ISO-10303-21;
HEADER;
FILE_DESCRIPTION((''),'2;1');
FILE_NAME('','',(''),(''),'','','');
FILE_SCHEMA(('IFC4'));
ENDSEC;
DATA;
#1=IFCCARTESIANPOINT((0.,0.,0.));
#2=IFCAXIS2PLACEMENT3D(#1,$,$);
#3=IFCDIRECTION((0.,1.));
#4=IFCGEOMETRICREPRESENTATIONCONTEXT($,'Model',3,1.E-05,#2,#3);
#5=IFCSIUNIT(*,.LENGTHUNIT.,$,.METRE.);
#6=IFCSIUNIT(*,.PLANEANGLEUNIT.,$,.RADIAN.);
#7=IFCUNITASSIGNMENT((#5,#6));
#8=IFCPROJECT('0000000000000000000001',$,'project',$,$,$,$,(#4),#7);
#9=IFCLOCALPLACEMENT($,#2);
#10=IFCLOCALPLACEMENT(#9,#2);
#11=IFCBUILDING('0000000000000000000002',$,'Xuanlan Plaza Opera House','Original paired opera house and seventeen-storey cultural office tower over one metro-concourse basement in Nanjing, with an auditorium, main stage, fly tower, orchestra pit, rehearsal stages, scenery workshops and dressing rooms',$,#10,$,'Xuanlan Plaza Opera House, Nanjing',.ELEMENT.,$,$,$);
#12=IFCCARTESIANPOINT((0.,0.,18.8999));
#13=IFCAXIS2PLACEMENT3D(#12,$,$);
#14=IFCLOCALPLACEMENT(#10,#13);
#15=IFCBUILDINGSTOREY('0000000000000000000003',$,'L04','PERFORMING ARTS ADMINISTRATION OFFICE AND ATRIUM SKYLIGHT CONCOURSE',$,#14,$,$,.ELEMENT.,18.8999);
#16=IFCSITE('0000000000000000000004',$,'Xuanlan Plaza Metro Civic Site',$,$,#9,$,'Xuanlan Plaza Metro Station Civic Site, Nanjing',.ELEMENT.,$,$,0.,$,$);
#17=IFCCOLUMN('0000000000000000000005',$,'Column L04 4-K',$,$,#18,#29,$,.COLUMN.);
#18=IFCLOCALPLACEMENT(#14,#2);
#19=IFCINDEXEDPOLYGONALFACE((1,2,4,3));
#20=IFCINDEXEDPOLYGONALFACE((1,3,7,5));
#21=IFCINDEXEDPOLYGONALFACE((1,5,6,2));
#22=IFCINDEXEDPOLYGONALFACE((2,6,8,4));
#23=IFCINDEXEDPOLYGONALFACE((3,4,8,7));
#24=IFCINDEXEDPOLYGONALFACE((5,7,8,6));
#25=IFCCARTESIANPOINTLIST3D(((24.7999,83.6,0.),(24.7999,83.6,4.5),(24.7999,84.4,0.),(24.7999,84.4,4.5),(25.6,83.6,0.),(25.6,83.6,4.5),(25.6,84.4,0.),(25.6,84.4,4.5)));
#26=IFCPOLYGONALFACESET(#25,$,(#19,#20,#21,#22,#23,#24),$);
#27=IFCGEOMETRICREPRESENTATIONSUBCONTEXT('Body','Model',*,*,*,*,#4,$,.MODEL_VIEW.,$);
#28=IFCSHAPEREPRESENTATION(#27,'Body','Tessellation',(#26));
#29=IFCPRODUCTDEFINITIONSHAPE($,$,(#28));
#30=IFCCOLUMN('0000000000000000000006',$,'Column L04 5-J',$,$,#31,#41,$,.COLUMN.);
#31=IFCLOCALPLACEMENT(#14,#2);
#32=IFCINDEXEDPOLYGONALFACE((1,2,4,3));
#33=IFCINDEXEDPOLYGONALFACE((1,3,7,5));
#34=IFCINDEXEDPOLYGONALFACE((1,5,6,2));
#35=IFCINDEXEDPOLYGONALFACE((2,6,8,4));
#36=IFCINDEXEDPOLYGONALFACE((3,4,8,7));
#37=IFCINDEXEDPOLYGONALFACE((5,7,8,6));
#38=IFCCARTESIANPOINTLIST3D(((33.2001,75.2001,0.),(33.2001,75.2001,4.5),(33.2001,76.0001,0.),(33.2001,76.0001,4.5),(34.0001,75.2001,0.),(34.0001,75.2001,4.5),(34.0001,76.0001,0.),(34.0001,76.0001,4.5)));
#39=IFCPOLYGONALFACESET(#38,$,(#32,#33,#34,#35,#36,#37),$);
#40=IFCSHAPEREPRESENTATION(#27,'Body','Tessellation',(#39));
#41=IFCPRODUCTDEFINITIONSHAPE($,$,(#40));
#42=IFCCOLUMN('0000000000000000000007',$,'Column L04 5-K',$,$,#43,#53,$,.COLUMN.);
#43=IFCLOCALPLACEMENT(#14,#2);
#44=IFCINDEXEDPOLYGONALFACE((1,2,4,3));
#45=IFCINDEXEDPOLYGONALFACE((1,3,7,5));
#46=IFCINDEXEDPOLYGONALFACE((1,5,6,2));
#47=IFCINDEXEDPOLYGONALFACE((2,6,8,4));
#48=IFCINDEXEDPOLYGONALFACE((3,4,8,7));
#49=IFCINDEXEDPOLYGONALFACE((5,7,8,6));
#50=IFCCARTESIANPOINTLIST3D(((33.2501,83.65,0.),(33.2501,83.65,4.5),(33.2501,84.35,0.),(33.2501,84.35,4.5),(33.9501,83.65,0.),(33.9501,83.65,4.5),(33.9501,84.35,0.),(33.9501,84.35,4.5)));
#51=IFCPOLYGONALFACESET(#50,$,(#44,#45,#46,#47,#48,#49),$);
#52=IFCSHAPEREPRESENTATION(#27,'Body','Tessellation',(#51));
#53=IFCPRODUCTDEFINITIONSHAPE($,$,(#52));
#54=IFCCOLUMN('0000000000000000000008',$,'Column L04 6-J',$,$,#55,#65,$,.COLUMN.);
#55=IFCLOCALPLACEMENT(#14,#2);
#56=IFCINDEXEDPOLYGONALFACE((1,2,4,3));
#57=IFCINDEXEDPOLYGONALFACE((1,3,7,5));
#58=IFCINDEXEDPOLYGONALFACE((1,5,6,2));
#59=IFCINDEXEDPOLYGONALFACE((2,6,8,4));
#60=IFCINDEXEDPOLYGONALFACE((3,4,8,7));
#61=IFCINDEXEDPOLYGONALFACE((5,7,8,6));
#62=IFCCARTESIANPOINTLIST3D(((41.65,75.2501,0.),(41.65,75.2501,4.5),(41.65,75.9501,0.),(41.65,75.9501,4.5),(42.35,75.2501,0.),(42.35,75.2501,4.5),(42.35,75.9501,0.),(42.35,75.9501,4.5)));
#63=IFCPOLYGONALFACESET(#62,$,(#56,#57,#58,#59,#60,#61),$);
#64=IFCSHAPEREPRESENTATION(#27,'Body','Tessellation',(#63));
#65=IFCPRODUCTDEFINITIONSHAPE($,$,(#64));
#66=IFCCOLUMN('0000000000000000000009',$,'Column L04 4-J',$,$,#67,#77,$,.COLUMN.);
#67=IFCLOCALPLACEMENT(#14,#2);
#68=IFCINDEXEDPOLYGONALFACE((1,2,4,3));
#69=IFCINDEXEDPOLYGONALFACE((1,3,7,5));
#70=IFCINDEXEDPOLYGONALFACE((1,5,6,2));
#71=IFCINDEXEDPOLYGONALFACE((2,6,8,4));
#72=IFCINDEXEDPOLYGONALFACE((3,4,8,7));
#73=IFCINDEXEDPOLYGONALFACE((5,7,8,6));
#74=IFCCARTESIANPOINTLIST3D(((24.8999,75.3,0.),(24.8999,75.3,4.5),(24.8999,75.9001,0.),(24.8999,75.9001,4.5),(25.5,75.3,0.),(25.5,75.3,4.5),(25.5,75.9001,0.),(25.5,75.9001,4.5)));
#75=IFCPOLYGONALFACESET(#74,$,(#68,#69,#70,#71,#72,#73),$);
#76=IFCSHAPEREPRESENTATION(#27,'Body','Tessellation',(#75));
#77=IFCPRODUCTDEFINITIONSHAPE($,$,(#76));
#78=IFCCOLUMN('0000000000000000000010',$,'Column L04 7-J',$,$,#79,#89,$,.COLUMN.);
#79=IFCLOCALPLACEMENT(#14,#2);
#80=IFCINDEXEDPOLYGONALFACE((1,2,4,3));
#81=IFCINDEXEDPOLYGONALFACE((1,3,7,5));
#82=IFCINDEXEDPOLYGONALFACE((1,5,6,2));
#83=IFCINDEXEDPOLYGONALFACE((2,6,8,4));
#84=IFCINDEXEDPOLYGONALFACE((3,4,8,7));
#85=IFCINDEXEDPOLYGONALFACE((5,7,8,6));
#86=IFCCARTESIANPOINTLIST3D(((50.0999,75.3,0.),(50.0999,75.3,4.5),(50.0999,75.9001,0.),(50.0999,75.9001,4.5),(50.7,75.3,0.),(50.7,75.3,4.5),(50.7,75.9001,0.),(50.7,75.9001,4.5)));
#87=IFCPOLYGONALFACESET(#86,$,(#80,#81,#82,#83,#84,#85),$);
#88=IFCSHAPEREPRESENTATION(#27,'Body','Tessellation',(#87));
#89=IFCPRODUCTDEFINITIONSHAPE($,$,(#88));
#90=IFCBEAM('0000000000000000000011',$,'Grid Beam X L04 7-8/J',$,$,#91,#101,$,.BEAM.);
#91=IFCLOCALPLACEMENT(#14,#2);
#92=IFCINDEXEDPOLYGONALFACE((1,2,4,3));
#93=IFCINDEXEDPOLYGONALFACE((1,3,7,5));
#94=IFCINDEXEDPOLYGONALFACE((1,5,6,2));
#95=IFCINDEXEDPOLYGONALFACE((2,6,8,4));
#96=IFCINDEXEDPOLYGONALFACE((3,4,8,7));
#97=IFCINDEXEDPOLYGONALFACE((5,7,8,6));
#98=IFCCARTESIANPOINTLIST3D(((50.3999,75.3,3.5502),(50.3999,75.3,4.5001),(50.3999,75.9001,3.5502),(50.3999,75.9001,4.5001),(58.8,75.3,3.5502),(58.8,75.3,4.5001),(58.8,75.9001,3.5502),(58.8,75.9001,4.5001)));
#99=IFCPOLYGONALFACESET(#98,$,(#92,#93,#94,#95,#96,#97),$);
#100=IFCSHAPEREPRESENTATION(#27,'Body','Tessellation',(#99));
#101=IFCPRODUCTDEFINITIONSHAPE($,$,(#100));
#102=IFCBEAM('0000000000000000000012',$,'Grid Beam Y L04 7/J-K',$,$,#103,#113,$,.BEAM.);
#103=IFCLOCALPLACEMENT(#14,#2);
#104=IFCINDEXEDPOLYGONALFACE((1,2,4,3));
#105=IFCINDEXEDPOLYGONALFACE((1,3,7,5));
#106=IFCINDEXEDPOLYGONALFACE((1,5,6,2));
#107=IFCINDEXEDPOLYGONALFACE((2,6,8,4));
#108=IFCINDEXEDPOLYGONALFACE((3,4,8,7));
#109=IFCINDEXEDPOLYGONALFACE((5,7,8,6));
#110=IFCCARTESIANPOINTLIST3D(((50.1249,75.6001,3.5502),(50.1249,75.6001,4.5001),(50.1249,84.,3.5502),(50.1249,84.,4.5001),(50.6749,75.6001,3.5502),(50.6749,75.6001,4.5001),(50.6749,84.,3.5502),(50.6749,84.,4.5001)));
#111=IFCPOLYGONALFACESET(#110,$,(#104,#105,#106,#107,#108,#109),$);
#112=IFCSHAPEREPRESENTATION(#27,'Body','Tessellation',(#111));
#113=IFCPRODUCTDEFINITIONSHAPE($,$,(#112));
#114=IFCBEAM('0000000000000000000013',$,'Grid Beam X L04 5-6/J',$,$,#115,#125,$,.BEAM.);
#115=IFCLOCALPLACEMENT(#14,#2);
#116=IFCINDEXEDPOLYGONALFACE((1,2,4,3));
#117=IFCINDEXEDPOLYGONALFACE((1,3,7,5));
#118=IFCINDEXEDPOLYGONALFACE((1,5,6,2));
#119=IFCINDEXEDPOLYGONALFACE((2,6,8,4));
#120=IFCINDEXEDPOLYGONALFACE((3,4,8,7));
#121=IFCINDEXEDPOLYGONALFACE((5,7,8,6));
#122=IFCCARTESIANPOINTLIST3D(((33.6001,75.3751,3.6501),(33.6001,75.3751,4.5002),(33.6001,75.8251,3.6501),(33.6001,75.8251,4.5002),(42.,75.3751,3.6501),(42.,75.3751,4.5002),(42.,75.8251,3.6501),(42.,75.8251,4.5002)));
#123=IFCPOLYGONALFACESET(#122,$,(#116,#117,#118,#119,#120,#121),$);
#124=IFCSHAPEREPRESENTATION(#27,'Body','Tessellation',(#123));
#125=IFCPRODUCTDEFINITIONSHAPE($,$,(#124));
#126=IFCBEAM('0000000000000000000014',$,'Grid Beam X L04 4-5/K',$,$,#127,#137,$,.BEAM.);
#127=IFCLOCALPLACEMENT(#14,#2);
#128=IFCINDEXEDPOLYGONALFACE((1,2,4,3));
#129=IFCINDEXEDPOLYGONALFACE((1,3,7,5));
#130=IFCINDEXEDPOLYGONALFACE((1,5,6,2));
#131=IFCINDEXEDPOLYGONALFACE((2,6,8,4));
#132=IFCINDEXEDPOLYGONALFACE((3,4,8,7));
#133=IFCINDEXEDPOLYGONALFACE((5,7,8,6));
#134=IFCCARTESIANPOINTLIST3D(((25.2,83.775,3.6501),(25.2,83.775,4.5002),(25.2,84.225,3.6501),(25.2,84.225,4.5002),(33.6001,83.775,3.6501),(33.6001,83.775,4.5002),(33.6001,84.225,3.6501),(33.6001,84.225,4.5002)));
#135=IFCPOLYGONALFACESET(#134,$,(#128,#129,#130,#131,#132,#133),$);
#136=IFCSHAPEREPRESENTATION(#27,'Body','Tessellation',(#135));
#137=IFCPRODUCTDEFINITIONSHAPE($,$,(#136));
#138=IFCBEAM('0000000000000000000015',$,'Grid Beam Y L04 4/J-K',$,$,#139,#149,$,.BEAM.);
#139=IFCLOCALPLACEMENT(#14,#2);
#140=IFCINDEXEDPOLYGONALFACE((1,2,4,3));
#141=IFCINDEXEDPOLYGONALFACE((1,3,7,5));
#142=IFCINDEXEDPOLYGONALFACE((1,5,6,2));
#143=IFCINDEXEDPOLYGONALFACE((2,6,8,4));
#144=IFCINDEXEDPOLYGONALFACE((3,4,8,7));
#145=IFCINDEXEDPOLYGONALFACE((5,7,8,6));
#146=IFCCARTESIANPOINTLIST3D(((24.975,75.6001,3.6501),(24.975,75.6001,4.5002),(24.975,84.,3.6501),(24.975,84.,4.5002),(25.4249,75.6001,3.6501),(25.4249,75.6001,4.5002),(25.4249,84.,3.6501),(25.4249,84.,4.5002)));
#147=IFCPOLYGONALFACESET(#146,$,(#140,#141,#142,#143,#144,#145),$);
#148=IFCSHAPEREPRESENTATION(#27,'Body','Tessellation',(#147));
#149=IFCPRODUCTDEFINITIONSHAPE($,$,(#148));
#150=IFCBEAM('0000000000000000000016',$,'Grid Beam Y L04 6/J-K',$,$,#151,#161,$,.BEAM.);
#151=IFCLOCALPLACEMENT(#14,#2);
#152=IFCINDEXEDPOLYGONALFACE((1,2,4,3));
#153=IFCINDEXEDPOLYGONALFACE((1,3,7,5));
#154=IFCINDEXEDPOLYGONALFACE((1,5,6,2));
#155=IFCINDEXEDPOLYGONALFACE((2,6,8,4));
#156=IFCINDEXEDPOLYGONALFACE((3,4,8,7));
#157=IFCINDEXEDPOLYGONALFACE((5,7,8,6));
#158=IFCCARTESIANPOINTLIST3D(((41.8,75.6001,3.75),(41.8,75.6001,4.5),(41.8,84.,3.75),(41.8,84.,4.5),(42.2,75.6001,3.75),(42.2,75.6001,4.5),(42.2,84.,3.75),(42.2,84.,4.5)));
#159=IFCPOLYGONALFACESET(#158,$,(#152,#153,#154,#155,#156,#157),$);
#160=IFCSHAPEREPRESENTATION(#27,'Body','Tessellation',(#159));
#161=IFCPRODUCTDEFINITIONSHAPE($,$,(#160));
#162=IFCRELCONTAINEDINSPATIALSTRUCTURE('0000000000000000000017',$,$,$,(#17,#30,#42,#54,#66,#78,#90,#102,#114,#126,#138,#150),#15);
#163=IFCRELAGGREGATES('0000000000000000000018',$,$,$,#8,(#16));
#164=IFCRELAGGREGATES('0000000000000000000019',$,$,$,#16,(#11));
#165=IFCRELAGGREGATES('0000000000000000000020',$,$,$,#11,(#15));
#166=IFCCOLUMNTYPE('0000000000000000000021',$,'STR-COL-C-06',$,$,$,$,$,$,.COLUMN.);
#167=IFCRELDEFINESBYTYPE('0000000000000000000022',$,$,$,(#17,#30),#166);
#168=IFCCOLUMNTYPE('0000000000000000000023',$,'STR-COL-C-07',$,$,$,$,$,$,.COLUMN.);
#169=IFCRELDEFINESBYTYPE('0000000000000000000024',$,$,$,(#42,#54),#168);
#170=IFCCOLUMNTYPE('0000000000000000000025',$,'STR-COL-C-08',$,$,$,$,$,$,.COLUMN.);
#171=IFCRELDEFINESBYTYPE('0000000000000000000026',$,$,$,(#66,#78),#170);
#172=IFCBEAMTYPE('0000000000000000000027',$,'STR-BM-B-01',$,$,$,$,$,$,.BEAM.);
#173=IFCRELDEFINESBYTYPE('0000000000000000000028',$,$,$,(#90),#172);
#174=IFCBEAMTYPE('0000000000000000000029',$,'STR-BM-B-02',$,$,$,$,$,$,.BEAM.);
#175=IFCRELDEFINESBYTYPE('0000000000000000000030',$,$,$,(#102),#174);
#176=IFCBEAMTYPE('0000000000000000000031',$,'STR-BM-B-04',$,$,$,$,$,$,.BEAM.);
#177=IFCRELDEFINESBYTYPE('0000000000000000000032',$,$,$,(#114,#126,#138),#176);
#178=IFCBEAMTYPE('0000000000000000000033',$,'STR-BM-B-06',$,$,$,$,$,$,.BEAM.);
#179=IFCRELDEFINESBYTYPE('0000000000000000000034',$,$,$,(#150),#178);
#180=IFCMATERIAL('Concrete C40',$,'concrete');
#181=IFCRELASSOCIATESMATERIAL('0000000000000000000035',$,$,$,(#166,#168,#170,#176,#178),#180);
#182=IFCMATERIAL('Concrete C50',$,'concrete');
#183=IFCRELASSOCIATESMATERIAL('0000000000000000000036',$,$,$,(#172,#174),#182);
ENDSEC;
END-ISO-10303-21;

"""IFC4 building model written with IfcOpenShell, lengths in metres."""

from ifc_helpers import new_model, si_unit, direction, frame, origin, origin_2d, place, context, subcontext, project, spatial, rectangle, extrude, material, material_profile, profile_set, type_object, element, save


model = new_model("IFC4")

# Units and contexts
model_context = context("Model", 3, precision=1e-05, world=origin(), true_north=direction((0.0, 1.0)))
body_context = subcontext(model_context, "Body", "Model", "MODEL_VIEW")
ifc_project = project(units=[si_unit("LENGTHUNIT", "METRE"), si_unit("PLANEANGLEUNIT", "RADIAN")], contexts=[model_context])

# Site, building, storey
site_placement = place(None, origin())
site = spatial("IfcSite", under=ifc_project, at=site_placement, Name="Xuanlan Plaza Metro Civic Site", LongName="Xuanlan Plaza Metro Station Civic Site, Nanjing", CompositionType="ELEMENT", RefElevation=0.0)
building_placement = place(site_placement, origin())
building = spatial("IfcBuilding", under=site, at=building_placement, Name="Xuanlan Plaza Opera House", Description="Original paired opera house and seventeen-storey cultural office tower over one metro-concourse basement in Nanjing, with an auditorium, main stage, fly tower, orchestra pit, rehearsal stages, scenery workshops and dressing rooms", LongName="Xuanlan Plaza Opera House, Nanjing", CompositionType="ELEMENT")
storey_placement = place(building_placement, frame((0.0, 0.0, 18.8999)))
storey = spatial("IfcBuildingStorey", under=building, at=storey_placement, Name="L04", Description="PERFORMING ARTS ADMINISTRATION OFFICE AND ATRIUM SKYLIGHT CONCOURSE", CompositionType="ELEMENT", Elevation=18.8999)

# Columns
ifc_material_1 = material(Name="Concrete C40", Category="concrete")
ifc_material_profile_1 = material_profile(ifc_material_1, rectangle(XDim=0.8, YDim=0.8, at=origin_2d()), Name="RC-COL 800x800")
ifc_profile_set_1 = profile_set([ifc_material_profile_1], Name="Concrete C40")
column_type_1 = type_object("IfcColumnType", Name="STR-COL-C-06", PredefinedType="COLUMN", material=ifc_profile_set_1)
for number, where, z_axis, x_axis, name in (
    (1, (25.2, 84.0, 0.0), (0.0, 0.0, 1.0), (1.0, 0.0, 0.0), "Column L04 4-K"),
    (2, (33.6001, 75.6001, 0.0), (0.0, 0.0, 1.0), (1.0, 0.0, 0.0), "Column L04 5-J"),
):
    element("IfcColumn", number, at=place(storey_placement, frame(where, z_axis=z_axis, x_axis=x_axis)), inside=storey, type_object=column_type_1, Name=name, PredefinedType="COLUMN", context=body_context, shape_type="SweptSolid", body=[
        extrude(rectangle(XDim=0.8, YDim=0.8, at=origin_2d()), origin(), (0.0, 0.0, 1.0), 4.5),
    ])
ifc_material_profile_2 = material_profile(ifc_material_1, rectangle(XDim=0.7, YDim=0.7, at=origin_2d()), Name="RC-COL 700x700")
ifc_profile_set_2 = profile_set([ifc_material_profile_2], Name="Concrete C40")
column_type_2 = type_object("IfcColumnType", Name="STR-COL-C-07", PredefinedType="COLUMN", material=ifc_profile_set_2)
for number, where, z_axis, x_axis, name in (
    (3, (33.6001, 84.0, 0.0), (0.0, 0.0, 1.0), (1.0, 0.0, 0.0), "Column L04 5-K"),
    (4, (42.0, 75.6001, 0.0), (0.0, 0.0, 1.0), (1.0, 0.0, 0.0), "Column L04 6-J"),
):
    element("IfcColumn", number, at=place(storey_placement, frame(where, z_axis=z_axis, x_axis=x_axis)), inside=storey, type_object=column_type_2, Name=name, PredefinedType="COLUMN", context=body_context, shape_type="SweptSolid", body=[
        extrude(rectangle(XDim=0.7, YDim=0.7, at=origin_2d()), origin(), (0.0, 0.0, 1.0), 4.5),
    ])
ifc_material_profile_3 = material_profile(ifc_material_1, rectangle(XDim=0.6001, YDim=0.6001, at=origin_2d()), Name="RC-COL 600x600")
ifc_profile_set_3 = profile_set([ifc_material_profile_3], Name="Concrete C40")
column_type_3 = type_object("IfcColumnType", Name="STR-COL-C-08", PredefinedType="COLUMN", material=ifc_profile_set_3)
for number, where, z_axis, x_axis, name in (
    (5, (25.2, 75.6001, 0.0), (0.0, 0.0, 1.0), (1.0, 0.0, 0.0), "Column L04 4-J"),
    (6, (50.3999, 75.6001, 0.0), (0.0, 0.0, 1.0), (1.0, 0.0, 0.0), "Column L04 7-J"),
):
    element("IfcColumn", number, at=place(storey_placement, frame(where, z_axis=z_axis, x_axis=x_axis)), inside=storey, type_object=column_type_3, Name=name, PredefinedType="COLUMN", context=body_context, shape_type="SweptSolid", body=[
        extrude(rectangle(XDim=0.6001, YDim=0.6001, at=origin_2d()), origin(), (0.0, 0.0, 1.0), 4.5),
    ])

# Beams
ifc_material_2 = material(Name="Concrete C50", Category="concrete")
ifc_material_profile_4 = material_profile(ifc_material_2, rectangle(XDim=0.6001, YDim=0.95, at=origin_2d()), Name="RC-BM 600x950")
ifc_profile_set_4 = profile_set([ifc_material_profile_4], Name="Concrete C50")
beam_type_1 = type_object("IfcBeamType", Name="STR-BM-B-01", PredefinedType="BEAM", material=ifc_profile_set_4)
beam_1_placement = place(storey_placement, frame((50.3999, 75.6001, 4.0251), z_axis=(1.0, 0.0, 0.0), x_axis=(0.0, 1.0, 0.0)))
element("IfcBeam", 7, at=beam_1_placement, inside=storey, type_object=beam_type_1, Name="Grid Beam X L04 7-8/J", PredefinedType="BEAM", context=body_context, shape_type="SweptSolid", body=[
    extrude(rectangle(XDim=0.6001, YDim=0.95, at=origin_2d()), origin(), (0.0, 0.0, 1.0), 8.4001),
])
ifc_material_profile_5 = material_profile(ifc_material_2, rectangle(XDim=0.55, YDim=0.95, at=origin_2d()), Name="RC-BM 550x950")
ifc_profile_set_5 = profile_set([ifc_material_profile_5], Name="Concrete C50")
beam_type_2 = type_object("IfcBeamType", Name="STR-BM-B-02", PredefinedType="BEAM", material=ifc_profile_set_5)
beam_2_placement = place(storey_placement, frame((50.3999, 75.6001, 4.0251), z_axis=(0.0, 1.0, 0.0), x_axis=(-1.0, 0.0, 0.0)))
element("IfcBeam", 8, at=beam_2_placement, inside=storey, type_object=beam_type_2, Name="Grid Beam Y L04 7/J-K", PredefinedType="BEAM", context=body_context, shape_type="SweptSolid", body=[
    extrude(rectangle(XDim=0.55, YDim=0.95, at=origin_2d()), origin(), (0.0, 0.0, 1.0), 8.3999),
])
ifc_material_profile_6 = material_profile(ifc_material_1, rectangle(XDim=0.45, YDim=0.8501, at=origin_2d()), Name="RC-BM 450x850")
ifc_profile_set_6 = profile_set([ifc_material_profile_6], Name="Concrete C40")
beam_type_3 = type_object("IfcBeamType", Name="STR-BM-B-04", PredefinedType="BEAM", material=ifc_profile_set_6)
beam_3_placement = place(storey_placement, frame((33.6001, 75.6001, 4.0752), z_axis=(1.0, 0.0, 0.0), x_axis=(0.0, 1.0, 0.0)))
element("IfcBeam", 9, at=beam_3_placement, inside=storey, type_object=beam_type_3, Name="Grid Beam X L04 5-6/J", PredefinedType="BEAM", context=body_context, shape_type="SweptSolid", body=[
    extrude(rectangle(XDim=0.45, YDim=0.8501, at=origin_2d()), origin(), (0.0, 0.0, 1.0), 8.3999),
])
beam_4_placement = place(storey_placement, frame((25.2, 84.0, 4.0752), z_axis=(1.0, 0.0, 0.0), x_axis=(0.0, 1.0, 0.0)))
element("IfcBeam", 10, at=beam_4_placement, inside=storey, type_object=beam_type_3, Name="Grid Beam X L04 4-5/K", PredefinedType="BEAM", context=body_context, shape_type="SweptSolid", body=[
    extrude(rectangle(XDim=0.45, YDim=0.8501, at=origin_2d()), origin(), (0.0, 0.0, 1.0), 8.4001),
])
beam_5_placement = place(storey_placement, frame((25.2, 75.6001, 4.0752), z_axis=(0.0, 1.0, 0.0), x_axis=(-1.0, 0.0, 0.0)))
element("IfcBeam", 11, at=beam_5_placement, inside=storey, type_object=beam_type_3, Name="Grid Beam Y L04 4/J-K", PredefinedType="BEAM", context=body_context, shape_type="SweptSolid", body=[
    extrude(rectangle(XDim=0.45, YDim=0.8501, at=origin_2d()), origin(), (0.0, 0.0, 1.0), 8.3999),
])
ifc_material_profile_7 = material_profile(ifc_material_1, rectangle(XDim=0.3999, YDim=0.75, at=origin_2d()), Name="RC-BM 400x750")
ifc_profile_set_7 = profile_set([ifc_material_profile_7], Name="Concrete C40")
beam_type_4 = type_object("IfcBeamType", Name="STR-BM-B-06", PredefinedType="BEAM", material=ifc_profile_set_7)
beam_6_placement = place(storey_placement, frame((42.0, 75.6001, 4.125), z_axis=(0.0, 1.0, 0.0), x_axis=(-1.0, 0.0, 0.0)))
element("IfcBeam", 12, at=beam_6_placement, inside=storey, type_object=beam_type_4, Name="Grid Beam Y L04 6/J-K", PredefinedType="BEAM", context=body_context, shape_type="SweptSolid", body=[
    extrude(rectangle(XDim=0.3999, YDim=0.75, at=origin_2d()), origin(), (0.0, 0.0, 1.0), 8.3999),
])

save(model, "model.ifc")
